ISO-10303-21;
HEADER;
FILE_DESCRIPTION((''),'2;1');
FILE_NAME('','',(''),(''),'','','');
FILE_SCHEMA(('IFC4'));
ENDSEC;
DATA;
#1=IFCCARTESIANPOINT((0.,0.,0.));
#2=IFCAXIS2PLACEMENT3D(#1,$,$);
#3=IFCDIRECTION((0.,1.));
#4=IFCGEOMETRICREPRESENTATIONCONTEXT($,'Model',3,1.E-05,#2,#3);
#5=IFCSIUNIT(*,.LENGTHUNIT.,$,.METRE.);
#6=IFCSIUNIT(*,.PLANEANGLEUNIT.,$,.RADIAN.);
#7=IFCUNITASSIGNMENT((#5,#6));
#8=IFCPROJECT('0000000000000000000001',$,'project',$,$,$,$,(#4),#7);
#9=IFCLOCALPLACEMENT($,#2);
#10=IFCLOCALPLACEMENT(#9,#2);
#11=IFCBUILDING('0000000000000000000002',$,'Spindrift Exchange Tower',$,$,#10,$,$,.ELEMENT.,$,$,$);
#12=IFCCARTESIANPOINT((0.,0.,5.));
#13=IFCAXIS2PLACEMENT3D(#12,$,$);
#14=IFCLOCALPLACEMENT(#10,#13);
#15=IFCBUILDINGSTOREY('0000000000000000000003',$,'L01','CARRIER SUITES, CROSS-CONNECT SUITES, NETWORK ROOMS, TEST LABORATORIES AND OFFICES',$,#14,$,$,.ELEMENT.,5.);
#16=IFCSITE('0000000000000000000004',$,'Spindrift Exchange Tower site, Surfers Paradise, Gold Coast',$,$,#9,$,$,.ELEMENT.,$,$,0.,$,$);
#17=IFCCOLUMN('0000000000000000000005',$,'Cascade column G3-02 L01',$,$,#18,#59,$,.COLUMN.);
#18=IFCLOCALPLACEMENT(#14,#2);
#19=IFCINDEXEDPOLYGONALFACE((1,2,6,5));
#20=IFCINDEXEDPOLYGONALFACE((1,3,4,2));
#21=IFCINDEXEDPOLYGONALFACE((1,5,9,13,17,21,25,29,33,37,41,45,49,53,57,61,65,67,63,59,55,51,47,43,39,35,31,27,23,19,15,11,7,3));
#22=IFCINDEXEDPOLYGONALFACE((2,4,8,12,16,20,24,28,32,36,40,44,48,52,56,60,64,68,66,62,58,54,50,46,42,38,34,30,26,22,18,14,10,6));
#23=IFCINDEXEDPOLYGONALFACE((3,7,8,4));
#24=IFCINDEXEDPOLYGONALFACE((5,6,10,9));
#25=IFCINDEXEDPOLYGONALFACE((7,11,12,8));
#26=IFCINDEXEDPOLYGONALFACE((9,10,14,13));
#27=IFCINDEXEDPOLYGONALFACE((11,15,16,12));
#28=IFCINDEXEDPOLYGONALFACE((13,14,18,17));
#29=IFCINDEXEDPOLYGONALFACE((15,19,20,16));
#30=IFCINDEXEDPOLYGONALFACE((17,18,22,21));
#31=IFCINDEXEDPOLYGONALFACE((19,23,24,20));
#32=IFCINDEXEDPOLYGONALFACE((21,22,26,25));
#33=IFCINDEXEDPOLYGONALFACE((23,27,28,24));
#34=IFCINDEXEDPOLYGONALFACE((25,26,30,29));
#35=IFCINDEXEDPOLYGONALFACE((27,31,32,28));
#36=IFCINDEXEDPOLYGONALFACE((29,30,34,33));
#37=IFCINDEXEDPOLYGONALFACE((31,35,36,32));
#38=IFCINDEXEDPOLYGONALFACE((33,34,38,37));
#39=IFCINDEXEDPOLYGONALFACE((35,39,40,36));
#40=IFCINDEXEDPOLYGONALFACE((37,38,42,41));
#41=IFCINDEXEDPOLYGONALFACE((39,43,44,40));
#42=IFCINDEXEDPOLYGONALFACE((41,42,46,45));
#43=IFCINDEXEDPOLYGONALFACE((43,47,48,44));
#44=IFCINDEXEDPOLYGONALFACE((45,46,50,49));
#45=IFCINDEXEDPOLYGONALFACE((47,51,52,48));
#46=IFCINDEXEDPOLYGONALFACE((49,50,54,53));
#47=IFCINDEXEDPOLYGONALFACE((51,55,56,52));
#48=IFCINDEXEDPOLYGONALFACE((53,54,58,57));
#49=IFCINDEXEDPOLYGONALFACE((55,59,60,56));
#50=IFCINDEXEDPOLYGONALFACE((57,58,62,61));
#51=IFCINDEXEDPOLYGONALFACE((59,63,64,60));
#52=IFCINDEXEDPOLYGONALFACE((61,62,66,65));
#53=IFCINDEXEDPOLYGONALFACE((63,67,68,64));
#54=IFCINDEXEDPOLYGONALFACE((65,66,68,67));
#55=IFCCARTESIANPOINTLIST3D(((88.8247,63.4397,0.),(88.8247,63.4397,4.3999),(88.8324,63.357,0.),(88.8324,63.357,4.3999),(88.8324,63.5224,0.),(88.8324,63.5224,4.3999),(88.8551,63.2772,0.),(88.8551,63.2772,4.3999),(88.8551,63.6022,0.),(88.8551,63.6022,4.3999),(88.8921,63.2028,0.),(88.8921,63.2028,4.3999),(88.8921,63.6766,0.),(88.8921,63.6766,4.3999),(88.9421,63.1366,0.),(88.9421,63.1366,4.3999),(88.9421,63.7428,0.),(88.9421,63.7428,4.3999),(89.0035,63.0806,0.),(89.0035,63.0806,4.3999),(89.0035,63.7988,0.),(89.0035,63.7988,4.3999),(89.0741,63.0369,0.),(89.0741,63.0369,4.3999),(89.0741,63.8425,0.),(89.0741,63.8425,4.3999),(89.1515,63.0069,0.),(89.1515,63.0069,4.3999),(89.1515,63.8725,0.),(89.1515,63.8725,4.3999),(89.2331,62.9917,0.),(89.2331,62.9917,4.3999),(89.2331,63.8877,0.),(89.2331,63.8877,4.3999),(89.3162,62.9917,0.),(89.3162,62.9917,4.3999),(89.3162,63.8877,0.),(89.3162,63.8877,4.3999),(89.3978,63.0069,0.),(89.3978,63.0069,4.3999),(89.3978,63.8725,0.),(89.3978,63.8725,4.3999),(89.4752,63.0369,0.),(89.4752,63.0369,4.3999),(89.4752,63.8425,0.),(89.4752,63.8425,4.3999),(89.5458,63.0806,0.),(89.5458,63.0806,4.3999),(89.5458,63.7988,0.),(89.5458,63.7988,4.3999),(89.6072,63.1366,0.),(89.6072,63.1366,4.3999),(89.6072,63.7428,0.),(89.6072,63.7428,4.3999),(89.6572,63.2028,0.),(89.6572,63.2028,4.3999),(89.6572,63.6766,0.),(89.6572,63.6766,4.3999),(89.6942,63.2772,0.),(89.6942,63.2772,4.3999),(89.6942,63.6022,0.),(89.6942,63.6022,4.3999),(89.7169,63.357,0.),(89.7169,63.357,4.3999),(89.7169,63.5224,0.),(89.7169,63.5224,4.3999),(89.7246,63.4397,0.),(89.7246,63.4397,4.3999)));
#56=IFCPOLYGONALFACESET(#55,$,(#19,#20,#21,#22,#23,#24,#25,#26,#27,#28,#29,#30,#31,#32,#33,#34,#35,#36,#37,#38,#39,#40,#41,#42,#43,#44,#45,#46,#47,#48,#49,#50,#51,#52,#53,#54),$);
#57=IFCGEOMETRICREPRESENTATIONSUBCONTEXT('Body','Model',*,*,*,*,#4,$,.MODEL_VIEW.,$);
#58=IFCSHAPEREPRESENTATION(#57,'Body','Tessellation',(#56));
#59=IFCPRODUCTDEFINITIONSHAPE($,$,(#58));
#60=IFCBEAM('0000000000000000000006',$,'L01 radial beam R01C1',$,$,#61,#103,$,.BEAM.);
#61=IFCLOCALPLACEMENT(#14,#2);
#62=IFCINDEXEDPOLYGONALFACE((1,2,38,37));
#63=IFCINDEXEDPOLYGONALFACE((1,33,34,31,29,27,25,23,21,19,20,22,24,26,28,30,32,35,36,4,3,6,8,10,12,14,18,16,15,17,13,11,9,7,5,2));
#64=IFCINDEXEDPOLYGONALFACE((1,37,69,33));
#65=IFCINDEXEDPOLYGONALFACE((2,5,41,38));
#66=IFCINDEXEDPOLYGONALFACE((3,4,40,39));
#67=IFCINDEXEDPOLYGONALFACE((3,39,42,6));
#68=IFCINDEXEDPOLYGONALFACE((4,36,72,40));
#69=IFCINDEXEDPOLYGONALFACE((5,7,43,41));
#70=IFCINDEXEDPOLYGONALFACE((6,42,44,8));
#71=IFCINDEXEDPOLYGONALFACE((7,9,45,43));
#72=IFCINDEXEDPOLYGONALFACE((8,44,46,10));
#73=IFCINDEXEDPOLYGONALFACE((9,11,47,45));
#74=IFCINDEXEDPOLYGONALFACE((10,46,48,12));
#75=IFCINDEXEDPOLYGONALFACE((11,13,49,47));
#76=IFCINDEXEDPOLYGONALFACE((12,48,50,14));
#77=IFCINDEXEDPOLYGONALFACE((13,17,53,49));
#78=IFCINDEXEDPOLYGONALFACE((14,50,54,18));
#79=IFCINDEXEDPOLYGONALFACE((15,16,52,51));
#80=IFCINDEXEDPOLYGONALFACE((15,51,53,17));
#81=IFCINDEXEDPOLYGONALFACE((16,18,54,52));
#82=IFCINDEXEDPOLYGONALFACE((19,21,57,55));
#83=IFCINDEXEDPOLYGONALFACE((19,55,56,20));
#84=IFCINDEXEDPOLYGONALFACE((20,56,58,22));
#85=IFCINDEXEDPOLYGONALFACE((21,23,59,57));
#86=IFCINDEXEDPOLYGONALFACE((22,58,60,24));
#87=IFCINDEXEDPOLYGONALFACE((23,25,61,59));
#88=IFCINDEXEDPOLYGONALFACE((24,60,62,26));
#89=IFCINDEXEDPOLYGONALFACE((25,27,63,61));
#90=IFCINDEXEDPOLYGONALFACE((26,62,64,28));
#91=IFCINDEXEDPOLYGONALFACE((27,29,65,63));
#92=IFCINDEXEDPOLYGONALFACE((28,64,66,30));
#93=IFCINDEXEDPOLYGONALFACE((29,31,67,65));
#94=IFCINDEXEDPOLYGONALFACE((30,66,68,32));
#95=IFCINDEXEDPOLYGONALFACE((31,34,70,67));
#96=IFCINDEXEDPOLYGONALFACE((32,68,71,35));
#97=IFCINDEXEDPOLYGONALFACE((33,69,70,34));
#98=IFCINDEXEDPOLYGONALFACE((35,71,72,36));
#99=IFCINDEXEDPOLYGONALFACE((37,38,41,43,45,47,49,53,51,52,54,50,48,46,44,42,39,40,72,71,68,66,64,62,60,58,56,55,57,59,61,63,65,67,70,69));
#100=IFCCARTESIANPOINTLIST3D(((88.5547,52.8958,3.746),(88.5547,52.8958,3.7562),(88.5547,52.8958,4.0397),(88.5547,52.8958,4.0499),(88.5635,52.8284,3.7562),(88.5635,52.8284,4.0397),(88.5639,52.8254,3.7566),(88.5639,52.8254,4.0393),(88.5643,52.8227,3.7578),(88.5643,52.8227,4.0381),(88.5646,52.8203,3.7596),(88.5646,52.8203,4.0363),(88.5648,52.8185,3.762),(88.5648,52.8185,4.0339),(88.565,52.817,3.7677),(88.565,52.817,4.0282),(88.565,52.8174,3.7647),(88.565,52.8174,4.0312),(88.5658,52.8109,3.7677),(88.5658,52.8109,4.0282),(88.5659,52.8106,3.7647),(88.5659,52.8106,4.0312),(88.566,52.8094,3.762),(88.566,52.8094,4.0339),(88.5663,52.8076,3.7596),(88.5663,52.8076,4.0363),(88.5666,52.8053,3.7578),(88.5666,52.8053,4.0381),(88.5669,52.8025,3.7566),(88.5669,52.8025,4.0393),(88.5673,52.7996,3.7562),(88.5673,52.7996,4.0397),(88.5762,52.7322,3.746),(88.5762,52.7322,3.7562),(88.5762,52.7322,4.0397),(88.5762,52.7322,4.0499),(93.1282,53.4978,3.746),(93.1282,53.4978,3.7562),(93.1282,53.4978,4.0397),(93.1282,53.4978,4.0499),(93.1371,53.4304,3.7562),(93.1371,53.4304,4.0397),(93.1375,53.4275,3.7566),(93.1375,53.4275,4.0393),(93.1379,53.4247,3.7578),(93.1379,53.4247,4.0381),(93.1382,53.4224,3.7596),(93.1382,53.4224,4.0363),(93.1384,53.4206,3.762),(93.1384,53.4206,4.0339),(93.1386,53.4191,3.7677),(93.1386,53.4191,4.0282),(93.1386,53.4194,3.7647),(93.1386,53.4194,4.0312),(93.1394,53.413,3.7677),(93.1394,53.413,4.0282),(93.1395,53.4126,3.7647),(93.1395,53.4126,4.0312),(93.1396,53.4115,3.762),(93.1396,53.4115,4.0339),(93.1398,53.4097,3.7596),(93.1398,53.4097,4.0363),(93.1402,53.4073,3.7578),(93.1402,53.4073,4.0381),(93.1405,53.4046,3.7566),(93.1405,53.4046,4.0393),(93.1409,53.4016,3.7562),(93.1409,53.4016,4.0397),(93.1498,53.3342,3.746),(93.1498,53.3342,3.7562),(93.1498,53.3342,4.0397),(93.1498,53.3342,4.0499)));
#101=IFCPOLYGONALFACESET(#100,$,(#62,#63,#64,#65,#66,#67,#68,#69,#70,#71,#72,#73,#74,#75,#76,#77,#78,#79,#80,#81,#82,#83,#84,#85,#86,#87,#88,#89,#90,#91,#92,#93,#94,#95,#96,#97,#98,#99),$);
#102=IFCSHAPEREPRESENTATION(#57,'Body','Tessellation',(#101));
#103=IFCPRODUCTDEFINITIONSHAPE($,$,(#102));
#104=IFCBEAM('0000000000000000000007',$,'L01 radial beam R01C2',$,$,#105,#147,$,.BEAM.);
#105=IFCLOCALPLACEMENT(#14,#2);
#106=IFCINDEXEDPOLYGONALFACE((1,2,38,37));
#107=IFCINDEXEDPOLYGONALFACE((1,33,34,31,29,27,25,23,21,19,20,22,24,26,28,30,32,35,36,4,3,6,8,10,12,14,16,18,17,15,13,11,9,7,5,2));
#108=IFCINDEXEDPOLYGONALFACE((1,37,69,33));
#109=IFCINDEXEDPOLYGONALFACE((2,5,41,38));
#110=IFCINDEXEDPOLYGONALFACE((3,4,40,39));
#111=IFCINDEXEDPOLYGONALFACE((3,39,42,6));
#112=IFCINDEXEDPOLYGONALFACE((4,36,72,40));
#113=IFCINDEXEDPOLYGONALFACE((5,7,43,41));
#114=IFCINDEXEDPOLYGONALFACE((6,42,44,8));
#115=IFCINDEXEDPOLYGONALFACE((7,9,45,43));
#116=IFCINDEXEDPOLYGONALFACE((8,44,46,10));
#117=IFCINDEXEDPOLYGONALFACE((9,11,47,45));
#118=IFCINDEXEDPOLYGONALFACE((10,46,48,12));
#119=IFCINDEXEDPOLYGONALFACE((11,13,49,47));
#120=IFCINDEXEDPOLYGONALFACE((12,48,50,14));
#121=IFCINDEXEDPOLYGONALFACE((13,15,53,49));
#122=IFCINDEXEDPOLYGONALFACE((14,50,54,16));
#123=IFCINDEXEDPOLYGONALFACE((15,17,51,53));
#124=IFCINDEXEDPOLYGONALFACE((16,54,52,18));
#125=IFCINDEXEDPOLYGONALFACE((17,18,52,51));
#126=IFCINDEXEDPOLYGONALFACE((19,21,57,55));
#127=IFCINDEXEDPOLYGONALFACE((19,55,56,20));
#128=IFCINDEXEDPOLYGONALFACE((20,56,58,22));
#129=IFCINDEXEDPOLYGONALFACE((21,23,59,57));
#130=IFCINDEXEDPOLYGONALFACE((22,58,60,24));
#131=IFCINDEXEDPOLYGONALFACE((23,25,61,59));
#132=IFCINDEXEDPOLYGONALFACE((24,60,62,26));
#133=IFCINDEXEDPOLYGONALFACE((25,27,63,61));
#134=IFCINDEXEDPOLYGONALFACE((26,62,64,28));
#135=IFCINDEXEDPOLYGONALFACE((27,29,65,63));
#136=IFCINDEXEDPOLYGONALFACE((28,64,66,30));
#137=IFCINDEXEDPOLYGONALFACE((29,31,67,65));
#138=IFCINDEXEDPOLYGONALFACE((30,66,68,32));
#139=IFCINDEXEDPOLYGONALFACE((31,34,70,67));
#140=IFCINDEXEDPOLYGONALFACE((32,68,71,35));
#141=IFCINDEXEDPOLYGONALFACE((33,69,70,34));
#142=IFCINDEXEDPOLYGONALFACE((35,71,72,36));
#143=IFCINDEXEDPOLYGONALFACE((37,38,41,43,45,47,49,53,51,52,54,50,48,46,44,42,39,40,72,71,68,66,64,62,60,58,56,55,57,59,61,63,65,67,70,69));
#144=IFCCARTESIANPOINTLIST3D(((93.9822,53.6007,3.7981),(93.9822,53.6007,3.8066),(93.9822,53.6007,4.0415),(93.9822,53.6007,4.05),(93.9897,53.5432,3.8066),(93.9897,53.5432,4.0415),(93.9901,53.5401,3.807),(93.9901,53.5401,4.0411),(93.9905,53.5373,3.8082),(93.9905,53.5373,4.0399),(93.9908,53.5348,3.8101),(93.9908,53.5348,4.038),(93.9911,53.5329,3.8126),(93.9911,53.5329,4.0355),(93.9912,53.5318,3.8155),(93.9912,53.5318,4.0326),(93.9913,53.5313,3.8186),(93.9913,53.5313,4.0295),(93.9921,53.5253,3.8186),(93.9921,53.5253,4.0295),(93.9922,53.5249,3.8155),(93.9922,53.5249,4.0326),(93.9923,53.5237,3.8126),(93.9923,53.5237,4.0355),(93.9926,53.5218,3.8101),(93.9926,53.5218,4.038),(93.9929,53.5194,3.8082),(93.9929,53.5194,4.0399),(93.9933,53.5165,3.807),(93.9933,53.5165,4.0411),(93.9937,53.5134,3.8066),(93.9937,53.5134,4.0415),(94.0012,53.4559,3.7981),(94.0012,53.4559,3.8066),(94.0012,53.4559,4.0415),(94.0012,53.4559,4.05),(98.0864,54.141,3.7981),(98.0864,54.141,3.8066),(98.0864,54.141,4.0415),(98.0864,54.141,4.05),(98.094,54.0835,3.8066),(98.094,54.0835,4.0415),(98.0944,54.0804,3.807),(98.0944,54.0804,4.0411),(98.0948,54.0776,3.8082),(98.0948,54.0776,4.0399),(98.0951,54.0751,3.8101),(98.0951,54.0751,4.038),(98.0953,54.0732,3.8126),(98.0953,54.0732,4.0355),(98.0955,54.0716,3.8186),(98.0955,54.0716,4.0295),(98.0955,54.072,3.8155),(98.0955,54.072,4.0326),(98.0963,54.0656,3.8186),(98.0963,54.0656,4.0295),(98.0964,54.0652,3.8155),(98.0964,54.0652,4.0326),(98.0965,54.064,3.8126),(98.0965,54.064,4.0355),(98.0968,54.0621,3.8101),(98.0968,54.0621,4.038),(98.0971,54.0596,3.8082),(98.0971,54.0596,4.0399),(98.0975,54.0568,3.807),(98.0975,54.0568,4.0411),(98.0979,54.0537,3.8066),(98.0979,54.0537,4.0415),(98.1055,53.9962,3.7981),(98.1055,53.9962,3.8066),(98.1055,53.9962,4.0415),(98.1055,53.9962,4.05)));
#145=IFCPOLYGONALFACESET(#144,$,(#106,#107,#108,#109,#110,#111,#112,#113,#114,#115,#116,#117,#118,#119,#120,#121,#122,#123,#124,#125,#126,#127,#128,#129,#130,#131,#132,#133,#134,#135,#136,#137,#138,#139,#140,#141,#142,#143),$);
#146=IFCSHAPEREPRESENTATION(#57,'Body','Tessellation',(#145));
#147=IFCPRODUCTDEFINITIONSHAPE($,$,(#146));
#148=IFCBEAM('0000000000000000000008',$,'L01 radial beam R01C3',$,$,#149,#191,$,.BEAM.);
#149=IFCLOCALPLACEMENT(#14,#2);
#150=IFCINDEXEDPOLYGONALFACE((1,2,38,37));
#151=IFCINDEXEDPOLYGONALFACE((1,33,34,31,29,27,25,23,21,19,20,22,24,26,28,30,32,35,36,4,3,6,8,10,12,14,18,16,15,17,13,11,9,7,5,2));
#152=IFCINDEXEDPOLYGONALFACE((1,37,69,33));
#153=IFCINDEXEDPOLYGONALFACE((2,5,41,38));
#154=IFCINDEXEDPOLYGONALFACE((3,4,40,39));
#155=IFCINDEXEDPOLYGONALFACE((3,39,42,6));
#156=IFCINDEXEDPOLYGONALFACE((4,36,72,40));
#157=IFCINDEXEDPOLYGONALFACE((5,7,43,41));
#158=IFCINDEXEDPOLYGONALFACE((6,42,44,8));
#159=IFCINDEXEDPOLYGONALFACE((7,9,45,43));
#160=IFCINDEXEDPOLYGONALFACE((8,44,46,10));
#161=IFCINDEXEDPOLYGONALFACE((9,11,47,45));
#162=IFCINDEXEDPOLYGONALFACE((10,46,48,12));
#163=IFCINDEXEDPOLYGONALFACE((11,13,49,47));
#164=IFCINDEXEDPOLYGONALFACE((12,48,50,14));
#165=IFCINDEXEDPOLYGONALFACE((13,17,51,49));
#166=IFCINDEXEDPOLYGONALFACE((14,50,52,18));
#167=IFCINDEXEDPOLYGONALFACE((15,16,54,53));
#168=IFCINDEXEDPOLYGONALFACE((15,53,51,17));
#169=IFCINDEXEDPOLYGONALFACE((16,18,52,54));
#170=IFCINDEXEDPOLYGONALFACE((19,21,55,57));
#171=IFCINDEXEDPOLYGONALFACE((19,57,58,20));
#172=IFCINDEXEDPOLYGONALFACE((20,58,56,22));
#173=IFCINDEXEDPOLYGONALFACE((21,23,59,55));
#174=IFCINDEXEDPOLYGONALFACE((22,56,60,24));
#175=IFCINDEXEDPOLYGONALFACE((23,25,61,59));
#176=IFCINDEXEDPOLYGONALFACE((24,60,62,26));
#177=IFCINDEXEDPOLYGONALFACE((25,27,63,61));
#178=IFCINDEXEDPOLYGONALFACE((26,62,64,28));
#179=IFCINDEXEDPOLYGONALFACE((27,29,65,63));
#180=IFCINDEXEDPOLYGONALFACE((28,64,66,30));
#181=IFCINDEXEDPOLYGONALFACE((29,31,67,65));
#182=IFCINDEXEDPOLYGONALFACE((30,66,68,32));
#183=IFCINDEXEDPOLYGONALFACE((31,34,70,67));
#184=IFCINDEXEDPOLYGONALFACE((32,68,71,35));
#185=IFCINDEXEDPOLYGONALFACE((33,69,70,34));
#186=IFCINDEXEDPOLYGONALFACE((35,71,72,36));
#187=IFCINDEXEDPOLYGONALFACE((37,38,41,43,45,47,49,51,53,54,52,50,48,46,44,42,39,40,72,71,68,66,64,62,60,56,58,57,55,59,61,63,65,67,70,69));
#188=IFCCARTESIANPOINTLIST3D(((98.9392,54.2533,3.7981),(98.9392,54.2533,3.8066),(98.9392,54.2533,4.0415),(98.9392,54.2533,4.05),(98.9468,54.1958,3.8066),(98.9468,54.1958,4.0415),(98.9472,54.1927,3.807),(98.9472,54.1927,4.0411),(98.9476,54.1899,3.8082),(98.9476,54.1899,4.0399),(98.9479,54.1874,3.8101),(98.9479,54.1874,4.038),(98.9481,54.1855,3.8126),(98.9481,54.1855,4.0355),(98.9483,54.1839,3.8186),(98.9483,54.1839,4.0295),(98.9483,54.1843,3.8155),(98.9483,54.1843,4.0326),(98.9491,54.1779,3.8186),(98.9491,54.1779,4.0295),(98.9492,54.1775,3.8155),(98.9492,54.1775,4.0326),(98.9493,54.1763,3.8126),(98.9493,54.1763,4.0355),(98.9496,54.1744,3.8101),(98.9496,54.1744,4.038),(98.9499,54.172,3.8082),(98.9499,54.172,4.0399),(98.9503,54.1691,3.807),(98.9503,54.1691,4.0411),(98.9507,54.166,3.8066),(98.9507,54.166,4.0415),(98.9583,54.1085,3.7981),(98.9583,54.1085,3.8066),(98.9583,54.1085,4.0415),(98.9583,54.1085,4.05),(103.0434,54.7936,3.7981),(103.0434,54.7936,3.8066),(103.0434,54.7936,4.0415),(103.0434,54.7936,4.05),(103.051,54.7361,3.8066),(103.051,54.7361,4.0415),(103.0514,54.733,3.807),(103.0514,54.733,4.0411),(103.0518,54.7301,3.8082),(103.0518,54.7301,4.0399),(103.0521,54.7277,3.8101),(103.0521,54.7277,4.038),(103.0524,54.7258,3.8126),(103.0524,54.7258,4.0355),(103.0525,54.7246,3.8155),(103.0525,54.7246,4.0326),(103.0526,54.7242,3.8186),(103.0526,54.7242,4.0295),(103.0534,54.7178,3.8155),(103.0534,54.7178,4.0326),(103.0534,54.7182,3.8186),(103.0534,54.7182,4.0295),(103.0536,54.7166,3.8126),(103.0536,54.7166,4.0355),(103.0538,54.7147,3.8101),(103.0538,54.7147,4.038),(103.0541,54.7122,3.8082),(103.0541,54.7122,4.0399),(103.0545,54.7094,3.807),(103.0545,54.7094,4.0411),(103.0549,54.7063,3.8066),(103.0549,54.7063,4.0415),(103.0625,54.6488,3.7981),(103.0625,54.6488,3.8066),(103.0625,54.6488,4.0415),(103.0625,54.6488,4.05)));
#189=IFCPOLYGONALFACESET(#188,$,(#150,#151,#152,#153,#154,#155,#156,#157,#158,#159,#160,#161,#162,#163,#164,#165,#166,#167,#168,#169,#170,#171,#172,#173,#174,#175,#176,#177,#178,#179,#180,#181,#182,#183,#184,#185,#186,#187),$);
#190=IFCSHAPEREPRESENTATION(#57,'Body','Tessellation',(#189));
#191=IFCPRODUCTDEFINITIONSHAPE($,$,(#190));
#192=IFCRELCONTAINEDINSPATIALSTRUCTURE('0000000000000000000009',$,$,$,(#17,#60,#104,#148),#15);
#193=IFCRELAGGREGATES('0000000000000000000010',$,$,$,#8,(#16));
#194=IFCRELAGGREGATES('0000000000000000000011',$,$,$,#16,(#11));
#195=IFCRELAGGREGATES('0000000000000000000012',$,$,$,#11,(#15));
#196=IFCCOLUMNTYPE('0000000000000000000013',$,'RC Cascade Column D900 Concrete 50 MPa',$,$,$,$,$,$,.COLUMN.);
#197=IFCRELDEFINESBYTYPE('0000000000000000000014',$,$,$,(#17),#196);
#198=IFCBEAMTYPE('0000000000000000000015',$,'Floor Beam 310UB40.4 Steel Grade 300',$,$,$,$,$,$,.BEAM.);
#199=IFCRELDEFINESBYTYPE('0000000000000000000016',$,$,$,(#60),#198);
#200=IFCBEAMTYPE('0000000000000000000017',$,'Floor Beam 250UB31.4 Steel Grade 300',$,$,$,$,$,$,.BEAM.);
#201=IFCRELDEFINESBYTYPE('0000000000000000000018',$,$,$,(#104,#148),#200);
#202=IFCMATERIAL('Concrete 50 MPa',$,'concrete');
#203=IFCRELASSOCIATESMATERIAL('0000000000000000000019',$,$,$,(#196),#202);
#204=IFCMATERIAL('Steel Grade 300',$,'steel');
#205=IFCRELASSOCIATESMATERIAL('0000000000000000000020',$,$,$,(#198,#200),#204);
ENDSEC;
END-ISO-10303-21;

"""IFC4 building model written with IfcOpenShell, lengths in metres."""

from ifc_helpers import new_model, si_unit, direction, frame, origin, origin_2d, place, context, subcontext, project, spatial, circle, i_section, extrude, source, transform, mapped, material, material_profile, profile_set, type_object, element, save


model = new_model("IFC4")

# Units and contexts
model_context = context("Model", 3, precision=1e-05, world=origin(), true_north=direction((0.0, 1.0)))
body_context = subcontext(model_context, "Body", "Model", "MODEL_VIEW")
ifc_project = project(units=[si_unit("LENGTHUNIT", "METRE"), si_unit("PLANEANGLEUNIT", "RADIAN")], contexts=[model_context])

# Site, building, storey
site_placement = place(None, origin())
site = spatial("IfcSite", under=ifc_project, at=site_placement, Name="Spindrift Exchange Tower site, Surfers Paradise, Gold Coast", CompositionType="ELEMENT", RefElevation=0.0)
building_placement = place(site_placement, origin())
building = spatial("IfcBuilding", under=site, at=building_placement, Name="Spindrift Exchange Tower", CompositionType="ELEMENT")
storey_placement = place(building_placement, frame((0.0, 0.0, 5.0)))
storey = spatial("IfcBuildingStorey", under=building, at=storey_placement, Name="L01", Description="CARRIER SUITES, CROSS-CONNECT SUITES, NETWORK ROOMS, TEST LABORATORIES AND OFFICES", CompositionType="ELEMENT", Elevation=5.0)

# Column
ifc_material_1 = material(Name="Concrete 50 MPa", Category="concrete")
ifc_material_profile_1 = material_profile(ifc_material_1, circle(Radius=0.45, at=origin_2d()), Name="RC D900")
ifc_profile_set_1 = profile_set([ifc_material_profile_1], Name="Concrete 50 MPa")
column_type_1 = type_object("IfcColumnType", Name="RC Cascade Column D900 Concrete 50 MPa", PredefinedType="COLUMN", material=ifc_profile_set_1)
shared_shape_1 = source(origin(), body_context, "Body", "SweptSolid", [
    extrude(circle(Radius=0.45, at=origin_2d()), origin(), (0.0, 0.0, 1.0), 4.3999),
])
for number, where, z_axis, x_axis, name in (
    (1, (89.2747, 63.4397, 0.0), (0.0, 0.0, 1.0), (1.0, 0.0, 0.0), "Cascade column G3-02 L01"),
):
    element("IfcColumn", number, at=place(storey_placement, frame(where, z_axis=z_axis, x_axis=x_axis)), inside=storey, type_object=column_type_1, Name=name, PredefinedType="COLUMN", context=body_context, shape_type="MappedRepresentation", body=[
        mapped(shared_shape_1, transform((0.0, 0.0, 0.0), scale=1.0)),
    ])

# Beams
ifc_material_2 = material(Name="Steel Grade 300", Category="steel")
ifc_material_profile_2 = material_profile(ifc_material_2, i_section(OverallWidth=0.165, OverallDepth=0.304, WebThickness=0.0061, FlangeThickness=0.0103, FilletRadius=0.0115, at=origin_2d()), Name="310UB40.4")
ifc_profile_set_2 = profile_set([ifc_material_profile_2], Name="Steel Grade 300")
beam_type_1 = type_object("IfcBeamType", Name="Floor Beam 310UB40.4 Steel Grade 300", PredefinedType="BEAM", material=ifc_profile_set_2)
shared_shape_2 = source(origin(), body_context, "Body", "SweptSolid", [
    extrude(i_section(OverallWidth=0.165, OverallDepth=0.304, WebThickness=0.0061, FlangeThickness=0.0103, FilletRadius=0.0115, at=origin_2d()), origin(), (0.0, 0.0, 1.0), 4.613),
])
beam_1_placement = place(storey_placement, frame((88.5654, 52.814, 3.8979), z_axis=(0.991447, 0.130513, 0.0), x_axis=(-0.130513, 0.991447, 0.0)))
element("IfcBeam", 2, at=beam_1_placement, inside=storey, type_object=beam_type_1, Name="L01 radial beam R01C1", PredefinedType="BEAM", context=body_context, shape_type="MappedRepresentation", body=[
    mapped(shared_shape_2, transform((0.0, 0.0, 0.0), scale=1.0)),
])
ifc_material_profile_3 = material_profile(ifc_material_2, i_section(OverallWidth=0.146, OverallDepth=0.252, WebThickness=0.0061, FlangeThickness=0.0085, FilletRadius=0.012, at=origin_2d()), Name="250UB31.4")
ifc_profile_set_3 = profile_set([ifc_material_profile_3], Name="Steel Grade 300")
beam_type_2 = type_object("IfcBeamType", Name="Floor Beam 250UB31.4 Steel Grade 300", PredefinedType="BEAM", material=ifc_profile_set_3)
shared_shape_3 = source(origin(), body_context, "Body", "SweptSolid", [
    extrude(i_section(OverallWidth=0.146, OverallDepth=0.252, WebThickness=0.0061, FlangeThickness=0.0085, FilletRadius=0.012, at=origin_2d()), origin(), (0.0, 0.0, 1.0), 4.1396),
])
for number, where, z_axis, x_axis, name in (
    (3, (93.9917, 53.5283, 3.9241), (0.991446, 0.130514, 0.0), (-0.130514, 0.991446, 0.0), "L01 radial beam R01C2"),
    (4, (98.9487, 54.1809, 3.9241), (0.991446, 0.130514, 0.0), (-0.130514, 0.991446, 0.0), "L01 radial beam R01C3"),
):
    element("IfcBeam", number, at=place(storey_placement, frame(where, z_axis=z_axis, x_axis=x_axis)), inside=storey, type_object=beam_type_2, Name=name, PredefinedType="BEAM", context=body_context, shape_type="MappedRepresentation", body=[
        mapped(shared_shape_3, transform((0.0, 0.0, 0.0), scale=1.0)),
    ])

save(model, "model.ifc")
